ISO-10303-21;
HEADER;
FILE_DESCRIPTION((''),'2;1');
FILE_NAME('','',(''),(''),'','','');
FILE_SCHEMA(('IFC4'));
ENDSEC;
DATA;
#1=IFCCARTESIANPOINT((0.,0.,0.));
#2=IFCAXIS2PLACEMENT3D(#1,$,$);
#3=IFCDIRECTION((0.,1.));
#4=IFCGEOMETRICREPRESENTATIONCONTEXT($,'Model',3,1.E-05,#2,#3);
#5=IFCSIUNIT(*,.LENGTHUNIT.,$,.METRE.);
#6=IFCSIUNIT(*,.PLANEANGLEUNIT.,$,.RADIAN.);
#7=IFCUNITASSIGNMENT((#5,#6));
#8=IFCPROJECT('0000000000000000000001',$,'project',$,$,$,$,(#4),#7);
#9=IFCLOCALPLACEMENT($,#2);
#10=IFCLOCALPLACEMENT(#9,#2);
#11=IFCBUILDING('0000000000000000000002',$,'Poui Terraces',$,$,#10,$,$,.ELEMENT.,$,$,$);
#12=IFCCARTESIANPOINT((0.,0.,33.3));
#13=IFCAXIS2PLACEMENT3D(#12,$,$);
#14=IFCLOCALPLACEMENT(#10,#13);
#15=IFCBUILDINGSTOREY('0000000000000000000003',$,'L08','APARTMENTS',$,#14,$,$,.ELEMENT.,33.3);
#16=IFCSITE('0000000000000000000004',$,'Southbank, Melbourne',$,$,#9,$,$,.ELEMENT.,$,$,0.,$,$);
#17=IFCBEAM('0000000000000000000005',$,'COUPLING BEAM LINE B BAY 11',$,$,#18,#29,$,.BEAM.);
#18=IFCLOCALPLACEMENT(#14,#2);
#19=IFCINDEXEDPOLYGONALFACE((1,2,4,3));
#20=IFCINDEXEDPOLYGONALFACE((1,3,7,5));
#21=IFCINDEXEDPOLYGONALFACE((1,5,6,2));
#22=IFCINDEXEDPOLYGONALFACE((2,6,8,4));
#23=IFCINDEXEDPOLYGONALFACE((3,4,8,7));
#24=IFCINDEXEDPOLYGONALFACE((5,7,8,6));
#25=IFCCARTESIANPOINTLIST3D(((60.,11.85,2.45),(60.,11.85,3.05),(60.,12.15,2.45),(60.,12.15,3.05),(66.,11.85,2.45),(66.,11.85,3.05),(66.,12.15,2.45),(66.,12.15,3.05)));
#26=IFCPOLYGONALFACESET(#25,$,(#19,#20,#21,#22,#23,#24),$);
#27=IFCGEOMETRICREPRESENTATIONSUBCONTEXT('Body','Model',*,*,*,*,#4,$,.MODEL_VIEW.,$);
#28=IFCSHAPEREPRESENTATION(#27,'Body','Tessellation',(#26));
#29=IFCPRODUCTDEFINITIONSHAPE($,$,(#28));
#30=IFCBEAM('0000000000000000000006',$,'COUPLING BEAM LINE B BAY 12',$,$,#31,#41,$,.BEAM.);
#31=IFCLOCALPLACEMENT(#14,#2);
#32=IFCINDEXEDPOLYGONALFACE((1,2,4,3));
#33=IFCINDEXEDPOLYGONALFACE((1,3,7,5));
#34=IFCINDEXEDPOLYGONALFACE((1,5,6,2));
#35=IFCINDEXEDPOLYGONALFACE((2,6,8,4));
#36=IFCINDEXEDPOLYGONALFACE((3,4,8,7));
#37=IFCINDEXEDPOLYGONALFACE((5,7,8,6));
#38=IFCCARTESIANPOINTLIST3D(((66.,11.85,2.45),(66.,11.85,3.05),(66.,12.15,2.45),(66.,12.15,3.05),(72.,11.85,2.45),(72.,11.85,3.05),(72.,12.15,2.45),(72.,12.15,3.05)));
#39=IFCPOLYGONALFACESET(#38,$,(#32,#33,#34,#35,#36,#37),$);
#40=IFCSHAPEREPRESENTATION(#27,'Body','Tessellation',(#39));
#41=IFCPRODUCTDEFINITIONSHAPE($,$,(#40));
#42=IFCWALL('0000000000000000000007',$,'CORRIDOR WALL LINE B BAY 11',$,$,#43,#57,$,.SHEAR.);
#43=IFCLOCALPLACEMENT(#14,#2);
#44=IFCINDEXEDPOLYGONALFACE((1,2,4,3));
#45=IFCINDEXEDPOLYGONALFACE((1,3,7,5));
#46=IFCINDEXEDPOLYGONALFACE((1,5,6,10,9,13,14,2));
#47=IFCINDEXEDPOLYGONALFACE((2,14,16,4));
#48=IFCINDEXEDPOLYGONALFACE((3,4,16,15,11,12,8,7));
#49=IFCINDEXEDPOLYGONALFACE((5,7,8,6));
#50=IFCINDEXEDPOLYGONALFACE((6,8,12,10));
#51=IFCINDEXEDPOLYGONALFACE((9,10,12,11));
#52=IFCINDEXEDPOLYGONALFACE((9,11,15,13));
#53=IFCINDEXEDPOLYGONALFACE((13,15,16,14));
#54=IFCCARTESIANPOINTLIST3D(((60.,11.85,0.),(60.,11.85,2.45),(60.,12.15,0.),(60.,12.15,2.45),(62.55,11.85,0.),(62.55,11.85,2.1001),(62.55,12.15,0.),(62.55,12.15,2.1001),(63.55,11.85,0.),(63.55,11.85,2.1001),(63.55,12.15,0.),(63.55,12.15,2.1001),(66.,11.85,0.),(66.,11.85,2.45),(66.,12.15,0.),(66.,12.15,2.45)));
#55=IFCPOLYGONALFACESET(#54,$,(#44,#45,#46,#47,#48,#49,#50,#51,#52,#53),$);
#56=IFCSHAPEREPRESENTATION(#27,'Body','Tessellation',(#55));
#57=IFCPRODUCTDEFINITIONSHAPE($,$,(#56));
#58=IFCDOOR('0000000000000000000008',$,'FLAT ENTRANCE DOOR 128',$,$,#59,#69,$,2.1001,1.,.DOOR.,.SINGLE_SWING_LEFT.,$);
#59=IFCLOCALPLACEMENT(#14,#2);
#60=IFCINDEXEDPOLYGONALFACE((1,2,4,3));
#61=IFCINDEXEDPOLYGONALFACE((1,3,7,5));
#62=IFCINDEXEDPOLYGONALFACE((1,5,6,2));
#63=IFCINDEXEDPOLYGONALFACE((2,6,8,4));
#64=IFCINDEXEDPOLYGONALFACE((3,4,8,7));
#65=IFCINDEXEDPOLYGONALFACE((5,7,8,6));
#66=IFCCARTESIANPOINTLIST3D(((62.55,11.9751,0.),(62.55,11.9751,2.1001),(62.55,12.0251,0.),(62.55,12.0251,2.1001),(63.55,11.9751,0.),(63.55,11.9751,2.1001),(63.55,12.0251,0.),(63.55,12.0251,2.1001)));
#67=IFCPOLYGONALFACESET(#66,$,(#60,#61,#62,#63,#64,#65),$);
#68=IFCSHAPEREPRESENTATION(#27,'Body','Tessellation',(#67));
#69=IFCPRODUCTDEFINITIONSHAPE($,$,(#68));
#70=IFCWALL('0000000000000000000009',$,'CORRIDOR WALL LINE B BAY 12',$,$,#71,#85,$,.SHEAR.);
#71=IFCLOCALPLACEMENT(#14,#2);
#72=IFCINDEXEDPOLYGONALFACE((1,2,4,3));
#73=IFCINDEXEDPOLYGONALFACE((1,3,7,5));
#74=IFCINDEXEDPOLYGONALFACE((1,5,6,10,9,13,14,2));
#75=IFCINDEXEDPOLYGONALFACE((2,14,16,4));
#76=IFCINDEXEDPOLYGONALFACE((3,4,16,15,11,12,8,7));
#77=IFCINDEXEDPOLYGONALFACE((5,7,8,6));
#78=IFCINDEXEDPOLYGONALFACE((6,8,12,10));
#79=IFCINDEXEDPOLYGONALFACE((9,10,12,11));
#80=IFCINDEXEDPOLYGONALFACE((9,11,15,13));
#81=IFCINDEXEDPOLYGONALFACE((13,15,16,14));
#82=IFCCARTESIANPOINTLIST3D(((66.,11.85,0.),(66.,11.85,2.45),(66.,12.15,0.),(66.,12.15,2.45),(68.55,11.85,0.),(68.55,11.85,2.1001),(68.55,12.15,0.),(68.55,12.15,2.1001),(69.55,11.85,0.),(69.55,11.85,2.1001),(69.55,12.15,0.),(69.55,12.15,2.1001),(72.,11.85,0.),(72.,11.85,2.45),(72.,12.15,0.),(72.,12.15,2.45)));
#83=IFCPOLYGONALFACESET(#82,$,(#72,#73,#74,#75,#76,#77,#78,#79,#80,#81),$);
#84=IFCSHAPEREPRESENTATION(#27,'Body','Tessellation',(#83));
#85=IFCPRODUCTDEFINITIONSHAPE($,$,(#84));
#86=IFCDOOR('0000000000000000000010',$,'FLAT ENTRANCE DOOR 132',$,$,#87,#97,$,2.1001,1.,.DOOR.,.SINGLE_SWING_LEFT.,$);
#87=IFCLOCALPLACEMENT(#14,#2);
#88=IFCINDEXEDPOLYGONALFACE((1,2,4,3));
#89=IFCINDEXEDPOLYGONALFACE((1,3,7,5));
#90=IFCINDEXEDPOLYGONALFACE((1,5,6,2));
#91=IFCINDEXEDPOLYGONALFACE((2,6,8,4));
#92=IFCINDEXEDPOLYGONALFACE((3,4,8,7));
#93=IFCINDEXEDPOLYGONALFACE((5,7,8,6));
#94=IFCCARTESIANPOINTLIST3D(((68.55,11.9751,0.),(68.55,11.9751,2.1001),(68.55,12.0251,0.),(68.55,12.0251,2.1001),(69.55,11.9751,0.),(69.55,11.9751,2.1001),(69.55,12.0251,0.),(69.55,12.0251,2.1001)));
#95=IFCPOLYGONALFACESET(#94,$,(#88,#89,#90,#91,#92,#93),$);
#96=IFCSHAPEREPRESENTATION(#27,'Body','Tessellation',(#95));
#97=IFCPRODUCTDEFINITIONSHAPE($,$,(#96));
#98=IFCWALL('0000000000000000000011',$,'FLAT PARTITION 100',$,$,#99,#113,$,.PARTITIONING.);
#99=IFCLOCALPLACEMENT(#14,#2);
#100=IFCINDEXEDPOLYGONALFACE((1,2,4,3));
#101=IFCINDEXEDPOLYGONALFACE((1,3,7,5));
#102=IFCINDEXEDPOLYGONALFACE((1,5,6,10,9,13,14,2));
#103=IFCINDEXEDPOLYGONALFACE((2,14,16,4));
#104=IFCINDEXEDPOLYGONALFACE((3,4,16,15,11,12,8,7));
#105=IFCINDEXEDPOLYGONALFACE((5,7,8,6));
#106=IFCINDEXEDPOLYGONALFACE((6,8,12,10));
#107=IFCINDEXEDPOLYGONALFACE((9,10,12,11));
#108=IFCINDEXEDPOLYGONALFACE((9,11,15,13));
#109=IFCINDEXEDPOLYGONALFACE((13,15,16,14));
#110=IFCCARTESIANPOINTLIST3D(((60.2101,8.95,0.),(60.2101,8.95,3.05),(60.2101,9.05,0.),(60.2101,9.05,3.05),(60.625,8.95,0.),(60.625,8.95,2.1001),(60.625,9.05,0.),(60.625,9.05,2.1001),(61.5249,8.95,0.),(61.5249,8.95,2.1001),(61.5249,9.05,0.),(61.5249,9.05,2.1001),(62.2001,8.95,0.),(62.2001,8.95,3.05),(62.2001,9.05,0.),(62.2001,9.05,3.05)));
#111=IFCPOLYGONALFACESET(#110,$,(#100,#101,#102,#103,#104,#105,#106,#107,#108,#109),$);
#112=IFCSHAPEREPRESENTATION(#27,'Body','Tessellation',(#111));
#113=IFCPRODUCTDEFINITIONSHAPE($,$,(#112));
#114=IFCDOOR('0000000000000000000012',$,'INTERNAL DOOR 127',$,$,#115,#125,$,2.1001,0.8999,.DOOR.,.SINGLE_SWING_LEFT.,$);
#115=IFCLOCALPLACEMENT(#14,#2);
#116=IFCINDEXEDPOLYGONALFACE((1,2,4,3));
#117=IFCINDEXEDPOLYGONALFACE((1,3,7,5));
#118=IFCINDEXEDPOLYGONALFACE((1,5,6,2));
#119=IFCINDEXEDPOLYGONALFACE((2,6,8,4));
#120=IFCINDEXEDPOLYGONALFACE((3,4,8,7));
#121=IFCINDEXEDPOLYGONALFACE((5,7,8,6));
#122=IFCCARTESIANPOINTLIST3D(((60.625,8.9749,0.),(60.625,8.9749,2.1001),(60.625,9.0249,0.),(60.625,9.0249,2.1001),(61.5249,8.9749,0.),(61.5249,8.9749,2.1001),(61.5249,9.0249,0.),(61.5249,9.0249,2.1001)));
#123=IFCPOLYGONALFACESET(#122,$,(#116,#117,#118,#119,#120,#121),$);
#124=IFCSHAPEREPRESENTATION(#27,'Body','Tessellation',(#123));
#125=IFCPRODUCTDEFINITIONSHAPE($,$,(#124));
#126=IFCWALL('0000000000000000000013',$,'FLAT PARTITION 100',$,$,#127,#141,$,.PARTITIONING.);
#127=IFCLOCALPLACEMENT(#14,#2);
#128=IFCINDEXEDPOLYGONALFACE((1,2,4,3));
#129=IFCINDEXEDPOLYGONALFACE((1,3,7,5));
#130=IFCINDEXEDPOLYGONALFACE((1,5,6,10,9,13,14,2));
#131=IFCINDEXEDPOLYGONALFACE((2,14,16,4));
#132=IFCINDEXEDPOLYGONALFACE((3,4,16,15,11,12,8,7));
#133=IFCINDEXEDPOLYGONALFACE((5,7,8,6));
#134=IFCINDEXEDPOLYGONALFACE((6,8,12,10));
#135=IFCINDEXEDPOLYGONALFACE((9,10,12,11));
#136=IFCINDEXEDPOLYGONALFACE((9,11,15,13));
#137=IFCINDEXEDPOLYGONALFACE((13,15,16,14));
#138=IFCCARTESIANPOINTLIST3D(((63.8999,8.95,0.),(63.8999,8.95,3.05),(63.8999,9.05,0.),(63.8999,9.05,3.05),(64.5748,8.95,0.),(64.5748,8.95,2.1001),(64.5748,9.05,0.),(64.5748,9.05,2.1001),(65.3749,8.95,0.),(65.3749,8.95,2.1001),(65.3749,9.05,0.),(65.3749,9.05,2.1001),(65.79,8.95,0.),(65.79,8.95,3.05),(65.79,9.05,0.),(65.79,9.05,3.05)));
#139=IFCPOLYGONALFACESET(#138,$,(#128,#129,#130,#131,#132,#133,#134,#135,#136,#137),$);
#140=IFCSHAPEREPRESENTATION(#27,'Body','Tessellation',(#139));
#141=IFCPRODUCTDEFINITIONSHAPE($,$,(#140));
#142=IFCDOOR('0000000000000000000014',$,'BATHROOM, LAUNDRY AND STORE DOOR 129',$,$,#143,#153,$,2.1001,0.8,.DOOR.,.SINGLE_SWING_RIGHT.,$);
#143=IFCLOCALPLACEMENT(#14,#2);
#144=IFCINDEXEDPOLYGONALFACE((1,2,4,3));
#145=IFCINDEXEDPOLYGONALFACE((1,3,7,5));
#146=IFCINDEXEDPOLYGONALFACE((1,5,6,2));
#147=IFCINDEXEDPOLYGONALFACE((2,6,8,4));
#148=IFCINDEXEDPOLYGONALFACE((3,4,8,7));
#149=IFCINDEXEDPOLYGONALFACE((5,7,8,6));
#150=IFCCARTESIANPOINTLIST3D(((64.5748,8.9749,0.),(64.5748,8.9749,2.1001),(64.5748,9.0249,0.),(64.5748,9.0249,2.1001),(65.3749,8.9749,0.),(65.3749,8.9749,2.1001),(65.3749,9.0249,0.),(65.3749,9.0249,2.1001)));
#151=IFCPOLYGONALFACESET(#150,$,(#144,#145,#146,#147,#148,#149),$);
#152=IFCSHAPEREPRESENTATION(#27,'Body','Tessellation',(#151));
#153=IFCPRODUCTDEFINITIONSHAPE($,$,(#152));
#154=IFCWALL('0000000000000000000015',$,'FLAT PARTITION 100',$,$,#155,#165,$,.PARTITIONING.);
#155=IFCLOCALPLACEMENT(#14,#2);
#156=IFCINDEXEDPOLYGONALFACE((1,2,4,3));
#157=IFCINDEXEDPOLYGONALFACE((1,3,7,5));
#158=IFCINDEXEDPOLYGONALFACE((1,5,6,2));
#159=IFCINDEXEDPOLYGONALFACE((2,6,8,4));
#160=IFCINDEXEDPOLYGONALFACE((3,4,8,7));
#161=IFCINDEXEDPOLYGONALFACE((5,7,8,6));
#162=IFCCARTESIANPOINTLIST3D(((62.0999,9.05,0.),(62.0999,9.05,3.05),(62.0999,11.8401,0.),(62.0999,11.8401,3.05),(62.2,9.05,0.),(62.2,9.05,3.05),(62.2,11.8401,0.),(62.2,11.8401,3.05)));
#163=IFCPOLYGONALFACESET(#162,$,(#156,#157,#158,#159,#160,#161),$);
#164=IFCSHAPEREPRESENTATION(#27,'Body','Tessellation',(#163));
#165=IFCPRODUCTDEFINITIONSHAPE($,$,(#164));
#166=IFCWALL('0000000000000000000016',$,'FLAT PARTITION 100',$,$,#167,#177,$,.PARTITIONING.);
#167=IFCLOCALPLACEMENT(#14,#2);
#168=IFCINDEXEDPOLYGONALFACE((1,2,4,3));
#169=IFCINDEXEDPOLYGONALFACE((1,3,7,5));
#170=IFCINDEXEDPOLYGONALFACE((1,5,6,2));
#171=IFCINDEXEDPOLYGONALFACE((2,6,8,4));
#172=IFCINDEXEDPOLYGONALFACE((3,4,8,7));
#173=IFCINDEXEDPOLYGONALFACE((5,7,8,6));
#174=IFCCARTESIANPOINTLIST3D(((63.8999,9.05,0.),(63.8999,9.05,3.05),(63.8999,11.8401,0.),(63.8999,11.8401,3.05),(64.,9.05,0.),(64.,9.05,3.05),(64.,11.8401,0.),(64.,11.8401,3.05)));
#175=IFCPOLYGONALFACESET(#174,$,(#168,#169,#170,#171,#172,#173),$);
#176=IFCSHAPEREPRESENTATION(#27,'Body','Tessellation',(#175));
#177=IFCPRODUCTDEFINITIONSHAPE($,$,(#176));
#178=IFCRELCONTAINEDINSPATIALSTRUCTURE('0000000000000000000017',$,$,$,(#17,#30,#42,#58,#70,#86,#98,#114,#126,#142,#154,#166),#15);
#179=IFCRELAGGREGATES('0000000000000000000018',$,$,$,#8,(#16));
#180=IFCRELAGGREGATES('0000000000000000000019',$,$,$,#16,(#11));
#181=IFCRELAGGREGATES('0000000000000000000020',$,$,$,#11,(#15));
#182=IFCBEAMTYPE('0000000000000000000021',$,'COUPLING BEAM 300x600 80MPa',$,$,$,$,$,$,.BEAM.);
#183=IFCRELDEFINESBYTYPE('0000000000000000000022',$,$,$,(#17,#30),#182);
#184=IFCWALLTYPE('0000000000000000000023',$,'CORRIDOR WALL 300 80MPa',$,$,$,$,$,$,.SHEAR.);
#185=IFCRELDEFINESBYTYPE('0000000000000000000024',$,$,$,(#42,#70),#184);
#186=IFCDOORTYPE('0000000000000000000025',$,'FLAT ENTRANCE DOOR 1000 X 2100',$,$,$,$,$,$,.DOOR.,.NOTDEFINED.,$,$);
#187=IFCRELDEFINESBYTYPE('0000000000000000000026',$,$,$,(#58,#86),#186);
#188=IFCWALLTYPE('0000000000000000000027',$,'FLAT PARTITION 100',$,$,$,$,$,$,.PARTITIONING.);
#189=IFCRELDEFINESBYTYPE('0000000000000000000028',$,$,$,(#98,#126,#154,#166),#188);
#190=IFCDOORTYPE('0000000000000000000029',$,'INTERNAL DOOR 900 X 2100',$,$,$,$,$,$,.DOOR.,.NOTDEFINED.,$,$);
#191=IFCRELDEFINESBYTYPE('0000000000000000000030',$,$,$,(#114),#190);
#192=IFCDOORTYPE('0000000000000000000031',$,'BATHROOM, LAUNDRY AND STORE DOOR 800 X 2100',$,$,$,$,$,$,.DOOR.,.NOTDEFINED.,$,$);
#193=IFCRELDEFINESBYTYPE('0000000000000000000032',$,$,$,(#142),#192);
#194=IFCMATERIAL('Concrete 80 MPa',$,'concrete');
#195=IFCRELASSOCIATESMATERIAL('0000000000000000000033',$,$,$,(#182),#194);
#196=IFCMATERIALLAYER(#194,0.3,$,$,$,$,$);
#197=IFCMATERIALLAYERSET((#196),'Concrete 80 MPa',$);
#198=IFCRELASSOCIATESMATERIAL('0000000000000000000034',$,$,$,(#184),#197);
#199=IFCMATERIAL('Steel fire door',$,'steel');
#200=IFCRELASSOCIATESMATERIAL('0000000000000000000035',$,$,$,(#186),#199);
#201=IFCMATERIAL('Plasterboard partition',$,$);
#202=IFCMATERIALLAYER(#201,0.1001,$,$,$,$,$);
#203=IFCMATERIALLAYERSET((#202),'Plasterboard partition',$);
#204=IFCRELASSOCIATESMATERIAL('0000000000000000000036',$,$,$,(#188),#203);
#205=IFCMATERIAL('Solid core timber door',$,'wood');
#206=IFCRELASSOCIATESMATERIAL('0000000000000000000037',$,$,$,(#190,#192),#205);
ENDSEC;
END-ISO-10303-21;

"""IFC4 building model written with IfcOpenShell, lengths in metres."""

from ifc_helpers import new_model, si_unit, direction, frame, frame_2d, origin, origin_2d, place, context, subcontext, project, spatial, rectangle, extrude, source, transform, mapped, material, layer, layer_set, material_profile, profile_set, type_object, element, fill, save


model = new_model("IFC4")

# Units and contexts
model_context = context("Model", 3, precision=1e-05, world=origin(), true_north=direction((0.0, 1.0)))
body_context = subcontext(model_context, "Body", "Model", "MODEL_VIEW")
ifc_project = project(units=[si_unit("LENGTHUNIT", "METRE"), si_unit("PLANEANGLEUNIT", "RADIAN")], contexts=[model_context])

# Site, building, storey
site_placement = place(None, origin())
site = spatial("IfcSite", under=ifc_project, at=site_placement, Name="Southbank, Melbourne", CompositionType="ELEMENT", RefElevation=0.0)
building_placement = place(site_placement, origin())
building = spatial("IfcBuilding", under=site, at=building_placement, Name="Poui Terraces", CompositionType="ELEMENT")
storey_placement = place(building_placement, frame((0.0, 0.0, 33.3)))
storey = spatial("IfcBuildingStorey", under=building, at=storey_placement, Name="L08", Description="APARTMENTS", CompositionType="ELEMENT", Elevation=33.3)

# Beams
ifc_material_1 = material(Name="Concrete 80 MPa", Category="concrete")
ifc_material_profile = material_profile(ifc_material_1, rectangle(XDim=0.3, YDim=0.6001, at=origin_2d()), Name="RC 300x600")
ifc_profile_set = profile_set([ifc_material_profile], Name="Concrete 80 MPa")
beam_type = type_object("IfcBeamType", Name="COUPLING BEAM 300x600 80MPa", PredefinedType="BEAM", material=ifc_profile_set)
shared_shape = source(origin(), body_context, "Body", "SweptSolid", [
    extrude(rectangle(XDim=0.3, YDim=0.6001, at=origin_2d()), origin(), (0.0, 0.0, 1.0), 6.0),
])
for number, where, z_axis, x_axis, name in (
    (1, (60.0, 12.0, 2.75), (1.0, 0.0, 0.0), (0.0, 1.0, 0.0), "COUPLING BEAM LINE B BAY 11"),
    (2, (66.0, 12.0, 2.75), (1.0, 0.0, 0.0), (0.0, 1.0, 0.0), "COUPLING BEAM LINE B BAY 12"),
):
    element("IfcBeam", number, at=place(storey_placement, frame(where, z_axis=z_axis, x_axis=x_axis)), inside=storey, type_object=beam_type, Name=name, PredefinedType="BEAM", context=body_context, shape_type="MappedRepresentation", body=[
        mapped(shared_shape, transform((0.0, 0.0, 0.0))),
    ])

# Walls, openings, doors
ifc_layer_1 = layer(ifc_material_1, 0.3)
ifc_layer_set_1 = layer_set([ifc_layer_1], Name="Concrete 80 MPa")
wall_type_1 = type_object("IfcWallType", Name="CORRIDOR WALL 300 80MPa", PredefinedType="SHEAR", material=ifc_layer_set_1)
wall_1_placement = place(storey_placement, frame((60.0, 12.0, 0.0), z_axis=(0.0, 0.0, 1.0), x_axis=(1.0, 0.0, 0.0)))
wall_1 = element("IfcWall", 3, at=wall_1_placement, inside=storey, type_object=wall_type_1, Name="CORRIDOR WALL LINE B BAY 11", PredefinedType="SHEAR", context=body_context, shape_type="SweptSolid", body=[
    extrude(rectangle(XDim=6.0, YDim=0.3, at=frame_2d((3.0, 0.0))), origin(), (0.0, 0.0, 1.0), 2.45),
])
opening_1_placement = place(wall_1_placement, frame((2.55, 0.0, 0.0)))
opening_1 = element("IfcOpeningElement", 4, at=opening_1_placement, cuts=wall_1, PredefinedType="OPENING", context=body_context, shape_type="SweptSolid", body=[
    extrude(rectangle(XDim=1.0, YDim=2.1001, at=frame_2d((0.5, 1.05))), frame((0.0, 0.1602, 0.0), z_axis=(0.0, -1.0, 0.0), x_axis=(1.0, 0.0, 0.0)), (0.0, 0.0, 1.0), 0.3201),
])
ifc_material_2 = material(Name="Steel fire door", Category="steel")
door_type_1 = type_object("IfcDoorType", Name="FLAT ENTRANCE DOOR 1000 X 2100", OperationType="NOTDEFINED", PredefinedType="DOOR", material=ifc_material_2)
door_1_placement = place(opening_1_placement, frame((1.0, 0.0, 0.0), z_axis=(0.0, 0.0, 1.0), x_axis=(-1.0, 0.0, 0.0)))
door_1 = element("IfcDoor", 5, at=door_1_placement, inside=storey, type_object=door_type_1, Name="FLAT ENTRANCE DOOR 128", OperationType="SINGLE_SWING_LEFT", OverallHeight=2.1001, OverallWidth=1.0, PredefinedType="DOOR", context=body_context, shape_type="SweptSolid", body=[
    extrude(rectangle(XDim=1.0, YDim=2.1001, at=frame_2d((0.5, 1.05))), frame((0.0, 0.0249, 0.0), z_axis=(0.0, -1.0, 0.0), x_axis=(1.0, 0.0, 0.0)), (0.0, 0.0, 1.0), 0.05),
])
fill(opening_1, door_1)
wall_2_placement = place(storey_placement, frame((66.0, 12.0, 0.0), z_axis=(0.0, 0.0, 1.0), x_axis=(1.0, 0.0, 0.0)))
wall_2 = element("IfcWall", 6, at=wall_2_placement, inside=storey, type_object=wall_type_1, Name="CORRIDOR WALL LINE B BAY 12", PredefinedType="SHEAR", context=body_context, shape_type="SweptSolid", body=[
    extrude(rectangle(XDim=6.0, YDim=0.3, at=frame_2d((3.0, 0.0))), origin(), (0.0, 0.0, 1.0), 2.45),
])
opening_2_placement = place(wall_2_placement, frame((2.55, 0.0, 0.0)))
opening_2 = element("IfcOpeningElement", 7, at=opening_2_placement, cuts=wall_2, PredefinedType="OPENING", context=body_context, shape_type="SweptSolid", body=[
    extrude(rectangle(XDim=1.0, YDim=2.1001, at=frame_2d((0.5, 1.05))), frame((0.0, 0.1602, 0.0), z_axis=(0.0, -1.0, 0.0), x_axis=(1.0, 0.0, 0.0)), (0.0, 0.0, 1.0), 0.3201),
])
door_2_placement = place(opening_2_placement, frame((1.0, 0.0, 0.0), z_axis=(0.0, 0.0, 1.0), x_axis=(-1.0, 0.0, 0.0)))
door_2 = element("IfcDoor", 8, at=door_2_placement, inside=storey, type_object=door_type_1, Name="FLAT ENTRANCE DOOR 132", OperationType="SINGLE_SWING_LEFT", OverallHeight=2.1001, OverallWidth=1.0, PredefinedType="DOOR", context=body_context, shape_type="SweptSolid", body=[
    extrude(rectangle(XDim=1.0, YDim=2.1001, at=frame_2d((0.5, 1.05))), frame((0.0, 0.0249, 0.0), z_axis=(0.0, -1.0, 0.0), x_axis=(1.0, 0.0, 0.0)), (0.0, 0.0, 1.0), 0.05),
])
fill(opening_2, door_2)
ifc_material_3 = material(Name="Plasterboard partition")
ifc_layer_2 = layer(ifc_material_3, 0.1001)
ifc_layer_set_2 = layer_set([ifc_layer_2], Name="Plasterboard partition")
wall_type_2 = type_object("IfcWallType", Name="FLAT PARTITION 100", PredefinedType="PARTITIONING", material=ifc_layer_set_2)
wall_3_placement = place(storey_placement, frame((60.21, 9.0, 0.0), z_axis=(0.0, 0.0, 1.0), x_axis=(1.0, 0.0, 0.0)))
wall_3 = element("IfcWall", 9, at=wall_3_placement, inside=storey, type_object=wall_type_2, Name="FLAT PARTITION 100", PredefinedType="PARTITIONING", context=body_context, shape_type="SweptSolid", body=[
    extrude(rectangle(XDim=1.99, YDim=0.1001, at=frame_2d((0.9951, 0.0))), origin(), (0.0, 0.0, 1.0), 3.05),
])
opening_3_placement = place(wall_3_placement, frame((0.415, 0.0, 0.0)))
opening_3 = element("IfcOpeningElement", 10, at=opening_3_placement, cuts=wall_3, PredefinedType="OPENING", context=body_context, shape_type="SweptSolid", body=[
    extrude(rectangle(XDim=0.8999, YDim=2.1001, at=frame_2d((0.45, 1.05))), frame((0.0, 0.0601, 0.0), z_axis=(0.0, -1.0, 0.0), x_axis=(1.0, 0.0, 0.0)), (0.0, 0.0, 1.0), 0.1201),
])
ifc_material_4 = material(Name="Solid core timber door", Category="wood")
door_type_2 = type_object("IfcDoorType", Name="INTERNAL DOOR 900 X 2100", OperationType="NOTDEFINED", PredefinedType="DOOR", material=ifc_material_4)
door_3_placement = place(opening_3_placement, origin())
door_3 = element("IfcDoor", 11, at=door_3_placement, inside=storey, type_object=door_type_2, Name="INTERNAL DOOR 127", OperationType="SINGLE_SWING_LEFT", OverallHeight=2.1001, OverallWidth=0.8999, PredefinedType="DOOR", context=body_context, shape_type="SweptSolid", body=[
    extrude(rectangle(XDim=0.8999, YDim=2.1001, at=frame_2d((0.45, 1.05))), frame((0.0, 0.0249, 0.0), z_axis=(0.0, -1.0, 0.0), x_axis=(1.0, 0.0, 0.0)), (0.0, 0.0, 1.0), 0.05),
])
fill(opening_3, door_3)
wall_4_placement = place(storey_placement, frame((63.8999, 9.0, 0.0), z_axis=(0.0, 0.0, 1.0), x_axis=(1.0, 0.0, 0.0)))
wall_4 = element("IfcWall", 12, at=wall_4_placement, inside=storey, type_object=wall_type_2, Name="FLAT PARTITION 100", PredefinedType="PARTITIONING", context=body_context, shape_type="SweptSolid", body=[
    extrude(rectangle(XDim=1.8901, YDim=0.1001, at=frame_2d((0.9451, 0.0))), origin(), (0.0, 0.0, 1.0), 3.05),
])
opening_4_placement = place(wall_4_placement, frame((0.675, 0.0, 0.0)))
opening_4 = element("IfcOpeningElement", 13, at=opening_4_placement, cuts=wall_4, PredefinedType="OPENING", context=body_context, shape_type="SweptSolid", body=[
    extrude(rectangle(XDim=0.8, YDim=2.1001, at=frame_2d((0.3999, 1.05))), frame((0.0, 0.0601, 0.0), z_axis=(0.0, -1.0, 0.0), x_axis=(1.0, 0.0, 0.0)), (0.0, 0.0, 1.0), 0.1201),
])
door_type_3 = type_object("IfcDoorType", Name="BATHROOM, LAUNDRY AND STORE DOOR 800 X 2100", OperationType="NOTDEFINED", PredefinedType="DOOR", material=ifc_material_4)
door_4_placement = place(opening_4_placement, origin())
door_4 = element("IfcDoor", 14, at=door_4_placement, inside=storey, type_object=door_type_3, Name="BATHROOM, LAUNDRY AND STORE DOOR 129", OperationType="SINGLE_SWING_RIGHT", OverallHeight=2.1001, OverallWidth=0.8, PredefinedType="DOOR", context=body_context, shape_type="SweptSolid", body=[
    extrude(rectangle(XDim=0.8, YDim=2.1001, at=frame_2d((0.3999, 1.05))), frame((0.0, 0.0249, 0.0), z_axis=(0.0, -1.0, 0.0), x_axis=(1.0, 0.0, 0.0)), (0.0, 0.0, 1.0), 0.05),
])
fill(opening_4, door_4)

# Walls
for number, where, z_axis, x_axis, name in (
    (15, (62.1499, 9.05, 0.0), (0.0, 0.0, 1.0), (0.0, 1.0, 0.0), "FLAT PARTITION 100"),
    (16, (63.95, 9.05, 0.0), (0.0, 0.0, 1.0), (0.0, 1.0, 0.0), "FLAT PARTITION 100"),
):
    element("IfcWall", number, at=place(storey_placement, frame(where, z_axis=z_axis, x_axis=x_axis)), inside=storey, type_object=wall_type_2, Name=name, PredefinedType="PARTITIONING", context=body_context, shape_type="SweptSolid", body=[
        extrude(rectangle(XDim=2.79, YDim=0.1001, at=frame_2d((1.395, 0.0))), origin(), (0.0, 0.0, 1.0), 3.05),
    ])

save(model, "model.ifc")
